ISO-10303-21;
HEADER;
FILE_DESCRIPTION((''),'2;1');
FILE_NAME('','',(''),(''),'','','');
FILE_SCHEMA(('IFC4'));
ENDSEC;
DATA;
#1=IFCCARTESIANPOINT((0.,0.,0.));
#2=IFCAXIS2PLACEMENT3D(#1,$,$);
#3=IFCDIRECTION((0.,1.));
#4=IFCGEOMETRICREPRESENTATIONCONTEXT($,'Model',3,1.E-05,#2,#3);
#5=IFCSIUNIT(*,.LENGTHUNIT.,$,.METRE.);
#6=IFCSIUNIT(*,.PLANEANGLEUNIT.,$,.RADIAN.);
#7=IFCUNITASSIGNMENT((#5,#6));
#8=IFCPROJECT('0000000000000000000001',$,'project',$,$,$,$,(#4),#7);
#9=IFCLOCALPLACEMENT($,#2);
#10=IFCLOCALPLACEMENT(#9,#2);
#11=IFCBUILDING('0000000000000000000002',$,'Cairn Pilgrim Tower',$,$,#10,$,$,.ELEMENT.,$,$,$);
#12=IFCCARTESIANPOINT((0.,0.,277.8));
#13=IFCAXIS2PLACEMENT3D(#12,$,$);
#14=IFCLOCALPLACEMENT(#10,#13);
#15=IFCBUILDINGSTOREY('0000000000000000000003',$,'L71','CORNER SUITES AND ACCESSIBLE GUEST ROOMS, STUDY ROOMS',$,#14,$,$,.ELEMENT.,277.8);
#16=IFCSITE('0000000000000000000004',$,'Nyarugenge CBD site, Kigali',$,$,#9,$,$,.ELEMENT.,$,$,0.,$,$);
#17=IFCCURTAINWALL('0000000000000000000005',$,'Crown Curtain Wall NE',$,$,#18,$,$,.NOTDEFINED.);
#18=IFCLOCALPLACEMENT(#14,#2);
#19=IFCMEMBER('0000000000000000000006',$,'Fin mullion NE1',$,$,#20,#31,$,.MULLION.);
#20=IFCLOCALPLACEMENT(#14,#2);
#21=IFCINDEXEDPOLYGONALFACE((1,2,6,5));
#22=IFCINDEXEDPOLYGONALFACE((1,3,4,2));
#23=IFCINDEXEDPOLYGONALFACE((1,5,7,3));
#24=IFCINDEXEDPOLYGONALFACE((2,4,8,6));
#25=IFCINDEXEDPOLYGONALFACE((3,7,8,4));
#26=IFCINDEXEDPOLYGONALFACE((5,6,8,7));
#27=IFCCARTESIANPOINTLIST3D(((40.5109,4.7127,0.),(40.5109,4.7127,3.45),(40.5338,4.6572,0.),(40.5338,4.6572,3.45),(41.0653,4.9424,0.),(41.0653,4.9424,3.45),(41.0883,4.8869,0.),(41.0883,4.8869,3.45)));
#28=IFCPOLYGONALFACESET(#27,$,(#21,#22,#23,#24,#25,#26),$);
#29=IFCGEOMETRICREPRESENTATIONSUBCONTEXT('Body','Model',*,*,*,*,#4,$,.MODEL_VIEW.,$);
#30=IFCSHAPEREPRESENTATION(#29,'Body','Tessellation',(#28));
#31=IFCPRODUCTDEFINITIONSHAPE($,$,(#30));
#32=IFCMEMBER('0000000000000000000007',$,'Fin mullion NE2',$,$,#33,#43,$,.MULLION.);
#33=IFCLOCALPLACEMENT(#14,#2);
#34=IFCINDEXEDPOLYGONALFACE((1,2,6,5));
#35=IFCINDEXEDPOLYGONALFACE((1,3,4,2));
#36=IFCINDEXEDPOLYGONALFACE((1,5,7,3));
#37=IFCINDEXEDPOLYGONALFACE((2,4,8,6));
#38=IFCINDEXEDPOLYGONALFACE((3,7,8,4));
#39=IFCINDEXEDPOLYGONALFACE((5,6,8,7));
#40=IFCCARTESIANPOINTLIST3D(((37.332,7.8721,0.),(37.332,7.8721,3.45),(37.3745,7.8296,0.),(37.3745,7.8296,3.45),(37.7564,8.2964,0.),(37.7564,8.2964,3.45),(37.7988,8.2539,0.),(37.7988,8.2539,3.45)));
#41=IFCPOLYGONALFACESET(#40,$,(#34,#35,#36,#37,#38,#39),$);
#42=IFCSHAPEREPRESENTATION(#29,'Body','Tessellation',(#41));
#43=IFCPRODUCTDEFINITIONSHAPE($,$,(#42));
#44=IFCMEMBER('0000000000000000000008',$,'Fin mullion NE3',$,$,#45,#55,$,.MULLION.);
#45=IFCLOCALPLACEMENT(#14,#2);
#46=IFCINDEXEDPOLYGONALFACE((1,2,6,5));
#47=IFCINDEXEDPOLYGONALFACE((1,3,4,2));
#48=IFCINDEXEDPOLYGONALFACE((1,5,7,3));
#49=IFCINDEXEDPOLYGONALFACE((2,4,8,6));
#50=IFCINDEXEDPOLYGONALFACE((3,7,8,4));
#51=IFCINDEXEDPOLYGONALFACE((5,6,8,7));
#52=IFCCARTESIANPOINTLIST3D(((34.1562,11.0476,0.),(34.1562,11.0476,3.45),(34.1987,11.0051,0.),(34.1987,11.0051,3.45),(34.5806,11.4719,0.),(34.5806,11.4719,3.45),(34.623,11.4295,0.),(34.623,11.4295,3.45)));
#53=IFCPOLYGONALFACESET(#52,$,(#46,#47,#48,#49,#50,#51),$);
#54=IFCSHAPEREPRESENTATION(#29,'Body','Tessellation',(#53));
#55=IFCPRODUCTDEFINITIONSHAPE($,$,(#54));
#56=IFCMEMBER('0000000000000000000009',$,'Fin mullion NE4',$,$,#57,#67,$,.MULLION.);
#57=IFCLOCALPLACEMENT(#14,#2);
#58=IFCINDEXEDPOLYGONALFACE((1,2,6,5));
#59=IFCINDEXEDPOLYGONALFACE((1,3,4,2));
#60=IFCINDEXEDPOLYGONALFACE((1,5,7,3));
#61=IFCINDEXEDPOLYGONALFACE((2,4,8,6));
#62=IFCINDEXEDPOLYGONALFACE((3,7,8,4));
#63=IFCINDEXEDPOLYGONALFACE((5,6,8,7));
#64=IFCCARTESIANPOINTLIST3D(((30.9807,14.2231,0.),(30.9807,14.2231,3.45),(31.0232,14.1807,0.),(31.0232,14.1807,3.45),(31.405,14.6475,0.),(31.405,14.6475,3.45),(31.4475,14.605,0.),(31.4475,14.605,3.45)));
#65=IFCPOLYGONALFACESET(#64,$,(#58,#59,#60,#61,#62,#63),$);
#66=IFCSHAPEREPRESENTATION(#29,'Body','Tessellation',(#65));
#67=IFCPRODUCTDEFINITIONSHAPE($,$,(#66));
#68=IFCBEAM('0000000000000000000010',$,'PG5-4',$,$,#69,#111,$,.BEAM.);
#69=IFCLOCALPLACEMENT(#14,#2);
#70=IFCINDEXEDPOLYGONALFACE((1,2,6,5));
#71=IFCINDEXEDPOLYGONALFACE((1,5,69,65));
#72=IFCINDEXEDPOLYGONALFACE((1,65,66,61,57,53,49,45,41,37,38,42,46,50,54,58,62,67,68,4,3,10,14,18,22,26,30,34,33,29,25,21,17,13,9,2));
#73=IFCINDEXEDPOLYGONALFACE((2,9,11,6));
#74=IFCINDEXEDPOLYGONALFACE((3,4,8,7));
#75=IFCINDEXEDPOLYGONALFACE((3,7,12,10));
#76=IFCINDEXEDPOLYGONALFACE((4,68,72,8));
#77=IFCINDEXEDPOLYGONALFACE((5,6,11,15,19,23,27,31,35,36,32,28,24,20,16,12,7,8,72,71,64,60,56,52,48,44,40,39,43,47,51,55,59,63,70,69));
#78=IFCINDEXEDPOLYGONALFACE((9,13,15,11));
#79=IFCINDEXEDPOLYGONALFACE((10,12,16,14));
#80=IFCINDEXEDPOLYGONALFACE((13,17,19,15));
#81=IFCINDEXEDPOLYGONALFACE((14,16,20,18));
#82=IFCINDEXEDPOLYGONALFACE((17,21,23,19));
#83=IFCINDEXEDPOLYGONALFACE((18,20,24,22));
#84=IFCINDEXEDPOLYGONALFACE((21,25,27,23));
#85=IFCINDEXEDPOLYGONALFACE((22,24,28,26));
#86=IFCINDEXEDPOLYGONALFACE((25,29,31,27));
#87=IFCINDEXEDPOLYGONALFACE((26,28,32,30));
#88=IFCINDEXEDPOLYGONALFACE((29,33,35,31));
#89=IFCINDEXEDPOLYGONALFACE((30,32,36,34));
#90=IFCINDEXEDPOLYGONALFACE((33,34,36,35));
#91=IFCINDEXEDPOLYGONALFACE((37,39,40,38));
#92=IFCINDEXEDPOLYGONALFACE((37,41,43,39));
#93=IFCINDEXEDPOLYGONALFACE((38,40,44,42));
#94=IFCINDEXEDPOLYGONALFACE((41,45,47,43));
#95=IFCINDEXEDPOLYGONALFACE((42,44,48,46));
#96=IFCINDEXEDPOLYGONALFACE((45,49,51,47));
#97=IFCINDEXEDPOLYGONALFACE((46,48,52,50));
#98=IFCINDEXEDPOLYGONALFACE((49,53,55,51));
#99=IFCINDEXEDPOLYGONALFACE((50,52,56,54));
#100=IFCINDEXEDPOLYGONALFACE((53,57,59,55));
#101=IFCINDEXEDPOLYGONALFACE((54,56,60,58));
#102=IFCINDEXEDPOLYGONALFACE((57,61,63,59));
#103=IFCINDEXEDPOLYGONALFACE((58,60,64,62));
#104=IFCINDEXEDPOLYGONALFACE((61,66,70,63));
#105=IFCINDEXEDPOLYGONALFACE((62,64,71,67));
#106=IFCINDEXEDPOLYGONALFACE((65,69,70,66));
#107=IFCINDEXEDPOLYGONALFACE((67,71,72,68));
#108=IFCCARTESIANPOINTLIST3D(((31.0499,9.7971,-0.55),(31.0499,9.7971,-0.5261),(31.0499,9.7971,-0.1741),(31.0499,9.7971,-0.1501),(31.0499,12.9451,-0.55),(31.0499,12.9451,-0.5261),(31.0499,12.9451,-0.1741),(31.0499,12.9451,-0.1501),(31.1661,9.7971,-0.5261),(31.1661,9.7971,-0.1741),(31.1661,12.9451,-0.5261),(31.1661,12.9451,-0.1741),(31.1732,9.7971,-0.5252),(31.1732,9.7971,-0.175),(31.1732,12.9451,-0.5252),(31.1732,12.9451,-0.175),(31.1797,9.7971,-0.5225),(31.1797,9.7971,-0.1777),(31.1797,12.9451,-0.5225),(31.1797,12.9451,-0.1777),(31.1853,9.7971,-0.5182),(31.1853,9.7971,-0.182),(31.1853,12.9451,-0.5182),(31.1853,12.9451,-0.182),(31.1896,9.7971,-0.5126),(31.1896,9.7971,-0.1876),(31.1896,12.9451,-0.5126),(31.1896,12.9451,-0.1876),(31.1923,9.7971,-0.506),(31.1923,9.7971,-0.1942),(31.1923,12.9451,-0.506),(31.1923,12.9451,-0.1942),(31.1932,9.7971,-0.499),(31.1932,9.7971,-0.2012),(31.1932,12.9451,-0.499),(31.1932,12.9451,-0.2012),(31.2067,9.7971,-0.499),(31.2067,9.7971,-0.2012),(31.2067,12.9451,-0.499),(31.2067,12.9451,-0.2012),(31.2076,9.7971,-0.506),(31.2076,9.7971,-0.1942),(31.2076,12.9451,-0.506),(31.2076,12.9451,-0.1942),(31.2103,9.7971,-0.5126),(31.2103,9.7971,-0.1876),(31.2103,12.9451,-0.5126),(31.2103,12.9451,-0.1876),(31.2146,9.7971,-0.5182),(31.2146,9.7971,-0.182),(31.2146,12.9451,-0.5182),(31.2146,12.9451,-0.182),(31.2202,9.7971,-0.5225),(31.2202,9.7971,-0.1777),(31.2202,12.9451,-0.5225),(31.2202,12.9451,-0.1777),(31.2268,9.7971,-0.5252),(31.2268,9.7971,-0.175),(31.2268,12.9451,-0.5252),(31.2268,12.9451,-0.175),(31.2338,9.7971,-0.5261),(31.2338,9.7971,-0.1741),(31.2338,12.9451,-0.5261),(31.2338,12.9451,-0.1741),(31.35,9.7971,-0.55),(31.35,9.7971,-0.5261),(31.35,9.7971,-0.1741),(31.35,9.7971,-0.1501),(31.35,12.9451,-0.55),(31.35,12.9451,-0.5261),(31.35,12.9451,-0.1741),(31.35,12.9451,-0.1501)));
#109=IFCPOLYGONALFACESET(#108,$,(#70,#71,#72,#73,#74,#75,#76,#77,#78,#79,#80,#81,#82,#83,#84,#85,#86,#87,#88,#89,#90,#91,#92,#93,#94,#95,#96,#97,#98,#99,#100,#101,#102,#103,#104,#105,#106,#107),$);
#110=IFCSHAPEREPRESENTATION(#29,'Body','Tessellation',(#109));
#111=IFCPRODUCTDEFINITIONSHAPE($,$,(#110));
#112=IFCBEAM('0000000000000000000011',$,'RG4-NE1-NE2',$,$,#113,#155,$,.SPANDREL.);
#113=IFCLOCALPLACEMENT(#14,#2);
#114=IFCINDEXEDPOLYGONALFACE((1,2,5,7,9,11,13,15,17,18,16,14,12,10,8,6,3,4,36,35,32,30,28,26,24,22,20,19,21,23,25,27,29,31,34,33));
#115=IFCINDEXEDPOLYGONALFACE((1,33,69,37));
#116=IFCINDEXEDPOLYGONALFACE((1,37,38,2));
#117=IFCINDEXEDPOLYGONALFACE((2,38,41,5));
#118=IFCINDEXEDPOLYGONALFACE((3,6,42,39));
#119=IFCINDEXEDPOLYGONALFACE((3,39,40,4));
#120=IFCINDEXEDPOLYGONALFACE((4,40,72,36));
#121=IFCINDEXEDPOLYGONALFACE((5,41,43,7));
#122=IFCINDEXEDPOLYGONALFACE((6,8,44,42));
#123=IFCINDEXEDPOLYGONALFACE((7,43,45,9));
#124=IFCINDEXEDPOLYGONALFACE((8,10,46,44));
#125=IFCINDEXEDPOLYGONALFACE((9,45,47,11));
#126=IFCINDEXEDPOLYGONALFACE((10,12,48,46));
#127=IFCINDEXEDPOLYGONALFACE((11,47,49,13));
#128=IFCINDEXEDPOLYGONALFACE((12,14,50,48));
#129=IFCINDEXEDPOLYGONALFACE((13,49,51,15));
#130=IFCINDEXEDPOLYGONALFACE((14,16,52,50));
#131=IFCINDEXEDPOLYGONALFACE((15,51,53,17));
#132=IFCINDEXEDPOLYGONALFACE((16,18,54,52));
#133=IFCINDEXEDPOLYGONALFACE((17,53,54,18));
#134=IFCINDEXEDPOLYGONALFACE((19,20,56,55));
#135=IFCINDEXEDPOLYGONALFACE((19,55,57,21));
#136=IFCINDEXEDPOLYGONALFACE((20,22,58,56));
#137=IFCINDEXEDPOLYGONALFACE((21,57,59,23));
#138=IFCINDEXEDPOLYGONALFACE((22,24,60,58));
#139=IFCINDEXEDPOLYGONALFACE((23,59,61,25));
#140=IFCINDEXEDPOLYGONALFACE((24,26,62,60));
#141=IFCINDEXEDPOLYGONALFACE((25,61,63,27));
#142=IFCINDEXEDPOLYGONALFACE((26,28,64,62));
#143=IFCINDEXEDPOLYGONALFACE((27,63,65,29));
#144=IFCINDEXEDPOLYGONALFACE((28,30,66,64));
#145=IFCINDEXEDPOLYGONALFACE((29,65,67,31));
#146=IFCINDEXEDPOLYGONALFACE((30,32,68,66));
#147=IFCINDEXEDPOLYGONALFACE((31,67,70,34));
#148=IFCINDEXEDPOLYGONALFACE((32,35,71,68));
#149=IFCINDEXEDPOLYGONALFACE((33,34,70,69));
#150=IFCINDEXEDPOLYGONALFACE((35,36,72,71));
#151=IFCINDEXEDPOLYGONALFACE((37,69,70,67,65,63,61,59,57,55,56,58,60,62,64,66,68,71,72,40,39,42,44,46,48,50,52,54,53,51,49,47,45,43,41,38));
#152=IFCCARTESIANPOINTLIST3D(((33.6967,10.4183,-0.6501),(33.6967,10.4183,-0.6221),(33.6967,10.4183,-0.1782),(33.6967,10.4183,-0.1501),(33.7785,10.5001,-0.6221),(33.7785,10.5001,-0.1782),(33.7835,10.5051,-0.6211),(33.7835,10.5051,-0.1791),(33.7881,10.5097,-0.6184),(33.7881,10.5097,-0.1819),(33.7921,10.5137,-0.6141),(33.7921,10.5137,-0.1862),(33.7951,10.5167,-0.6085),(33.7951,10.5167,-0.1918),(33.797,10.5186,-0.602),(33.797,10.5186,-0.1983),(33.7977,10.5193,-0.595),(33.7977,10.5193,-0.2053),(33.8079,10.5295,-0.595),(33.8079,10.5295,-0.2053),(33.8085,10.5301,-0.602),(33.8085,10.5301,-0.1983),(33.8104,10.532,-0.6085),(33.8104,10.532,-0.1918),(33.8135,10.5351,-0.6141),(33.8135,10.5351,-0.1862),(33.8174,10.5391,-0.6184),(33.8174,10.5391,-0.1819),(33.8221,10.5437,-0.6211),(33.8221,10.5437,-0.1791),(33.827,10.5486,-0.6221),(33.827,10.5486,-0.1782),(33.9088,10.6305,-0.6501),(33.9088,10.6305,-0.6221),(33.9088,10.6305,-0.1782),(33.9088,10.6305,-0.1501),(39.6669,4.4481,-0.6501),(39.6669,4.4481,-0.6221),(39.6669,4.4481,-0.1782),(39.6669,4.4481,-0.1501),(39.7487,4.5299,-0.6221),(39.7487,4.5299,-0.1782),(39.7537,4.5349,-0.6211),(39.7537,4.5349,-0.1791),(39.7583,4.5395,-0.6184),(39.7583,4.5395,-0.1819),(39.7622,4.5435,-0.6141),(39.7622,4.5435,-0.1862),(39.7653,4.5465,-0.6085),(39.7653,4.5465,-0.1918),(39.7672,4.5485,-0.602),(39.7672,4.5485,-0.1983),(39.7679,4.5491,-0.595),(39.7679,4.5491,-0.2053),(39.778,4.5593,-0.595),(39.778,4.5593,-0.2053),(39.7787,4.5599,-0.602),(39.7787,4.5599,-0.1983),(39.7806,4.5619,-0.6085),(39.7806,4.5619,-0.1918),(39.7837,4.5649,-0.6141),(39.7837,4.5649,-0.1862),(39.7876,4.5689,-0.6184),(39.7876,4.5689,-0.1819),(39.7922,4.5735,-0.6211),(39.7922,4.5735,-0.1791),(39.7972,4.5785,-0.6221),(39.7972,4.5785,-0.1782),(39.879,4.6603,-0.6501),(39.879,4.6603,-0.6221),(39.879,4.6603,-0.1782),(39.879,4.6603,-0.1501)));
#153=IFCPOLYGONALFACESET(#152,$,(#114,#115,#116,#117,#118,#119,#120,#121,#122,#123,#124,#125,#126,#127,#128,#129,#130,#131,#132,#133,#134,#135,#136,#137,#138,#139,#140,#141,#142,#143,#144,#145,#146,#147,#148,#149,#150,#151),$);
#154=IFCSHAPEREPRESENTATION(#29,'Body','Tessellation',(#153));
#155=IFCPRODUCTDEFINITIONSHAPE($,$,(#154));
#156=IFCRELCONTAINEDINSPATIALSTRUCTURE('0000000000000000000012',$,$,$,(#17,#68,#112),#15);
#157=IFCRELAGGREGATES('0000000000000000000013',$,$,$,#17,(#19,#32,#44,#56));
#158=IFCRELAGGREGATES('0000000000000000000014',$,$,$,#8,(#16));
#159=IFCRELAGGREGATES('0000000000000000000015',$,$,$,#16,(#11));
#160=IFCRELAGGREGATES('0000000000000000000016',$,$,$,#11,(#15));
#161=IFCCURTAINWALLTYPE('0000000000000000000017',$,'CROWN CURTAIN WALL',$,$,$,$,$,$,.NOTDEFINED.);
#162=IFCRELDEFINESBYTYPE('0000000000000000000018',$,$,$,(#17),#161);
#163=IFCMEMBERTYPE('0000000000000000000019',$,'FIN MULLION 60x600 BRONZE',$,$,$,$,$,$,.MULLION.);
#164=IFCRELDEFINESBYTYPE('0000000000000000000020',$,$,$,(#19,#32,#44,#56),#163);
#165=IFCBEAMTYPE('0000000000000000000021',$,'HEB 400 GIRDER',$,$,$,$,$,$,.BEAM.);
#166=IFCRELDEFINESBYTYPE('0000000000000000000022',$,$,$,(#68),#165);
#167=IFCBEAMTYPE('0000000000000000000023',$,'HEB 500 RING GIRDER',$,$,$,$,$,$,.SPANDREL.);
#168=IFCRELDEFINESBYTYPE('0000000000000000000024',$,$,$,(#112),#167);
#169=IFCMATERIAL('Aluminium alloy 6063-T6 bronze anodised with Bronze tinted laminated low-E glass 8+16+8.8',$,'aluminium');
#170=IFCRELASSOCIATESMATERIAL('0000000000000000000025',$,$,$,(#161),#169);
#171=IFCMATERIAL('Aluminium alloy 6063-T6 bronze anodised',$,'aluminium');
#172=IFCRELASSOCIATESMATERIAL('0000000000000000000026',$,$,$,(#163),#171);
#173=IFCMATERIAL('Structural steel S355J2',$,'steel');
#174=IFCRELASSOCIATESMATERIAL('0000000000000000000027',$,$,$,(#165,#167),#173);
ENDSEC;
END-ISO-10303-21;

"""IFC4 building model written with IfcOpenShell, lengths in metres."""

from ifc_helpers import new_model, si_unit, direction, frame, origin, origin_2d, place, context, subcontext, project, spatial, rectangle, i_section, extrude, material, material_profile, profile_set, type_object, element, aggregate, save


model = new_model("IFC4")

# Units and contexts
model_context = context("Model", 3, precision=1e-05, world=origin(), true_north=direction((0.0, 1.0)))
body_context = subcontext(model_context, "Body", "Model", "MODEL_VIEW")
ifc_project = project(units=[si_unit("LENGTHUNIT", "METRE"), si_unit("PLANEANGLEUNIT", "RADIAN")], contexts=[model_context])

# Site, building, storey
site_placement = place(None, origin())
site = spatial("IfcSite", under=ifc_project, at=site_placement, Name="Nyarugenge CBD site, Kigali", CompositionType="ELEMENT", RefElevation=0.0)
building_placement = place(site_placement, origin())
building = spatial("IfcBuilding", under=site, at=building_placement, Name="Cairn Pilgrim Tower", CompositionType="ELEMENT")
storey_placement = place(building_placement, frame((0.0, 0.0, 277.8)))
storey = spatial("IfcBuildingStorey", under=building, at=storey_placement, Name="L71", Description="CORNER SUITES AND ACCESSIBLE GUEST ROOMS, STUDY ROOMS", CompositionType="ELEMENT", Elevation=277.8)

# Shared definitions
ifc_material_1 = material(Name="Structural steel S355J2", Category="steel")

# Curtain wall, members
ifc_material_2 = material(Name="Aluminium alloy 6063-T6 bronze anodised with Bronze tinted laminated low-E glass 8+16+8.8", Category="aluminium")
curtain_wall_type = type_object("IfcCurtainWallType", Name="CROWN CURTAIN WALL", PredefinedType="NOTDEFINED", material=ifc_material_2)
curtain_wall_placement = place(storey_placement, origin())
curtain_wall = element("IfcCurtainWall", 1, at=curtain_wall_placement, inside=storey, type_object=curtain_wall_type, Name="Crown Curtain Wall NE", PredefinedType="NOTDEFINED")
ifc_material_3 = material(Name="Aluminium alloy 6063-T6 bronze anodised", Category="aluminium")
ifc_material_profile_1 = material_profile(ifc_material_3, rectangle(XDim=0.6001, YDim=0.0601, at=origin_2d()), Name="FIN MULLION 60x600 BRONZE")
ifc_profile_set_1 = profile_set([ifc_material_profile_1], Name="Aluminium alloy 6063-T6 bronze anodised")
member_type_1 = type_object("IfcMemberType", Name="FIN MULLION 60x600 BRONZE", PredefinedType="MULLION", material=ifc_profile_set_1)
member_1_placement = place(storey_placement, frame((40.7996, 4.7998, 0.0), z_axis=(0.0, 0.0, 1.0), x_axis=(0.92388, 0.382683, 0.0)))
member_1 = element("IfcMember", 2, at=member_1_placement, type_object=member_type_1, Name="Fin mullion NE1", PredefinedType="MULLION", context=body_context, shape_type="SweptSolid", body=[
    extrude(rectangle(XDim=0.6001, YDim=0.0601, at=origin_2d()), origin(), (0.0, 0.0, 1.0), 3.45),
])
member_2_placement = place(storey_placement, frame((37.5654, 8.063, 0.0), z_axis=(0.0, 0.0, 1.0), x_axis=(0.707107, 0.707107, 0.0)))
member_2 = element("IfcMember", 3, at=member_2_placement, type_object=member_type_1, Name="Fin mullion NE2", PredefinedType="MULLION", context=body_context, shape_type="SweptSolid", body=[
    extrude(rectangle(XDim=0.6001, YDim=0.0601, at=origin_2d()), origin(), (0.0, 0.0, 1.0), 3.45),
])
member_3_placement = place(storey_placement, frame((34.3896, 11.2385, 0.0), z_axis=(0.0, 0.0, 1.0), x_axis=(0.707107, 0.707107, 0.0)))
member_3 = element("IfcMember", 4, at=member_3_placement, type_object=member_type_1, Name="Fin mullion NE3", PredefinedType="MULLION", context=body_context, shape_type="SweptSolid", body=[
    extrude(rectangle(XDim=0.6001, YDim=0.0601, at=origin_2d()), origin(), (0.0, 0.0, 1.0), 3.45),
])
member_4_placement = place(storey_placement, frame((31.2141, 14.4141, 0.0), z_axis=(0.0, 0.0, 1.0), x_axis=(0.707107, 0.707107, 0.0)))
member_4 = element("IfcMember", 5, at=member_4_placement, type_object=member_type_1, Name="Fin mullion NE4", PredefinedType="MULLION", context=body_context, shape_type="SweptSolid", body=[
    extrude(rectangle(XDim=0.6001, YDim=0.0601, at=origin_2d()), origin(), (0.0, 0.0, 1.0), 3.45),
])

# Beams
ifc_material_profile_2 = material_profile(ifc_material_1, i_section(OverallWidth=0.3, OverallDepth=0.3999, WebThickness=0.0134, FlangeThickness=0.0239, FilletRadius=0.0271, at=origin_2d()), Name="HEB 400")
ifc_profile_set_2 = profile_set([ifc_material_profile_2], Name="Structural steel S355J2")
beam_type_1 = type_object("IfcBeamType", Name="HEB 400 GIRDER", PredefinedType="BEAM", material=ifc_profile_set_2)
beam_1_placement = place(storey_placement, frame((31.2, 9.7971, -0.3501), z_axis=(0.0, 1.0, 0.0), x_axis=(-1.0, 0.0, 0.0)))
element("IfcBeam", 6, at=beam_1_placement, inside=storey, type_object=beam_type_1, Name="PG5-4", PredefinedType="BEAM", context=body_context, shape_type="SweptSolid", body=[
    extrude(i_section(OverallWidth=0.3, OverallDepth=0.3999, WebThickness=0.0134, FlangeThickness=0.0239, FilletRadius=0.0271, at=origin_2d()), origin(), (0.0, 0.0, 1.0), 3.1479),
])
ifc_material_profile_3 = material_profile(ifc_material_1, i_section(OverallWidth=0.3, OverallDepth=0.5, WebThickness=0.0144, FlangeThickness=0.0281, FilletRadius=0.0271, at=origin_2d()), Name="HEB 500")
ifc_profile_set_3 = profile_set([ifc_material_profile_3], Name="Structural steel S355J2")
beam_type_2 = type_object("IfcBeamType", Name="HEB 500 RING GIRDER", PredefinedType="SPANDREL", material=ifc_profile_set_3)
beam_2_placement = place(storey_placement, frame((39.7729, 4.5542, -0.4001), z_axis=(-0.707107, 0.707107, 0.0), x_axis=(-0.707107, -0.707107, 0.0)))
element("IfcBeam", 7, at=beam_2_placement, inside=storey, type_object=beam_type_2, Name="RG4-NE1-NE2", PredefinedType="SPANDREL", context=body_context, shape_type="SweptSolid", body=[
    extrude(i_section(OverallWidth=0.3, OverallDepth=0.5, WebThickness=0.0144, FlangeThickness=0.0281, FilletRadius=0.0271, at=origin_2d()), origin(), (0.0, 0.0, 1.0), 8.4431),
])

aggregate(curtain_wall, [member_1, member_2, member_3, member_4])

save(model, "model.ifc")
